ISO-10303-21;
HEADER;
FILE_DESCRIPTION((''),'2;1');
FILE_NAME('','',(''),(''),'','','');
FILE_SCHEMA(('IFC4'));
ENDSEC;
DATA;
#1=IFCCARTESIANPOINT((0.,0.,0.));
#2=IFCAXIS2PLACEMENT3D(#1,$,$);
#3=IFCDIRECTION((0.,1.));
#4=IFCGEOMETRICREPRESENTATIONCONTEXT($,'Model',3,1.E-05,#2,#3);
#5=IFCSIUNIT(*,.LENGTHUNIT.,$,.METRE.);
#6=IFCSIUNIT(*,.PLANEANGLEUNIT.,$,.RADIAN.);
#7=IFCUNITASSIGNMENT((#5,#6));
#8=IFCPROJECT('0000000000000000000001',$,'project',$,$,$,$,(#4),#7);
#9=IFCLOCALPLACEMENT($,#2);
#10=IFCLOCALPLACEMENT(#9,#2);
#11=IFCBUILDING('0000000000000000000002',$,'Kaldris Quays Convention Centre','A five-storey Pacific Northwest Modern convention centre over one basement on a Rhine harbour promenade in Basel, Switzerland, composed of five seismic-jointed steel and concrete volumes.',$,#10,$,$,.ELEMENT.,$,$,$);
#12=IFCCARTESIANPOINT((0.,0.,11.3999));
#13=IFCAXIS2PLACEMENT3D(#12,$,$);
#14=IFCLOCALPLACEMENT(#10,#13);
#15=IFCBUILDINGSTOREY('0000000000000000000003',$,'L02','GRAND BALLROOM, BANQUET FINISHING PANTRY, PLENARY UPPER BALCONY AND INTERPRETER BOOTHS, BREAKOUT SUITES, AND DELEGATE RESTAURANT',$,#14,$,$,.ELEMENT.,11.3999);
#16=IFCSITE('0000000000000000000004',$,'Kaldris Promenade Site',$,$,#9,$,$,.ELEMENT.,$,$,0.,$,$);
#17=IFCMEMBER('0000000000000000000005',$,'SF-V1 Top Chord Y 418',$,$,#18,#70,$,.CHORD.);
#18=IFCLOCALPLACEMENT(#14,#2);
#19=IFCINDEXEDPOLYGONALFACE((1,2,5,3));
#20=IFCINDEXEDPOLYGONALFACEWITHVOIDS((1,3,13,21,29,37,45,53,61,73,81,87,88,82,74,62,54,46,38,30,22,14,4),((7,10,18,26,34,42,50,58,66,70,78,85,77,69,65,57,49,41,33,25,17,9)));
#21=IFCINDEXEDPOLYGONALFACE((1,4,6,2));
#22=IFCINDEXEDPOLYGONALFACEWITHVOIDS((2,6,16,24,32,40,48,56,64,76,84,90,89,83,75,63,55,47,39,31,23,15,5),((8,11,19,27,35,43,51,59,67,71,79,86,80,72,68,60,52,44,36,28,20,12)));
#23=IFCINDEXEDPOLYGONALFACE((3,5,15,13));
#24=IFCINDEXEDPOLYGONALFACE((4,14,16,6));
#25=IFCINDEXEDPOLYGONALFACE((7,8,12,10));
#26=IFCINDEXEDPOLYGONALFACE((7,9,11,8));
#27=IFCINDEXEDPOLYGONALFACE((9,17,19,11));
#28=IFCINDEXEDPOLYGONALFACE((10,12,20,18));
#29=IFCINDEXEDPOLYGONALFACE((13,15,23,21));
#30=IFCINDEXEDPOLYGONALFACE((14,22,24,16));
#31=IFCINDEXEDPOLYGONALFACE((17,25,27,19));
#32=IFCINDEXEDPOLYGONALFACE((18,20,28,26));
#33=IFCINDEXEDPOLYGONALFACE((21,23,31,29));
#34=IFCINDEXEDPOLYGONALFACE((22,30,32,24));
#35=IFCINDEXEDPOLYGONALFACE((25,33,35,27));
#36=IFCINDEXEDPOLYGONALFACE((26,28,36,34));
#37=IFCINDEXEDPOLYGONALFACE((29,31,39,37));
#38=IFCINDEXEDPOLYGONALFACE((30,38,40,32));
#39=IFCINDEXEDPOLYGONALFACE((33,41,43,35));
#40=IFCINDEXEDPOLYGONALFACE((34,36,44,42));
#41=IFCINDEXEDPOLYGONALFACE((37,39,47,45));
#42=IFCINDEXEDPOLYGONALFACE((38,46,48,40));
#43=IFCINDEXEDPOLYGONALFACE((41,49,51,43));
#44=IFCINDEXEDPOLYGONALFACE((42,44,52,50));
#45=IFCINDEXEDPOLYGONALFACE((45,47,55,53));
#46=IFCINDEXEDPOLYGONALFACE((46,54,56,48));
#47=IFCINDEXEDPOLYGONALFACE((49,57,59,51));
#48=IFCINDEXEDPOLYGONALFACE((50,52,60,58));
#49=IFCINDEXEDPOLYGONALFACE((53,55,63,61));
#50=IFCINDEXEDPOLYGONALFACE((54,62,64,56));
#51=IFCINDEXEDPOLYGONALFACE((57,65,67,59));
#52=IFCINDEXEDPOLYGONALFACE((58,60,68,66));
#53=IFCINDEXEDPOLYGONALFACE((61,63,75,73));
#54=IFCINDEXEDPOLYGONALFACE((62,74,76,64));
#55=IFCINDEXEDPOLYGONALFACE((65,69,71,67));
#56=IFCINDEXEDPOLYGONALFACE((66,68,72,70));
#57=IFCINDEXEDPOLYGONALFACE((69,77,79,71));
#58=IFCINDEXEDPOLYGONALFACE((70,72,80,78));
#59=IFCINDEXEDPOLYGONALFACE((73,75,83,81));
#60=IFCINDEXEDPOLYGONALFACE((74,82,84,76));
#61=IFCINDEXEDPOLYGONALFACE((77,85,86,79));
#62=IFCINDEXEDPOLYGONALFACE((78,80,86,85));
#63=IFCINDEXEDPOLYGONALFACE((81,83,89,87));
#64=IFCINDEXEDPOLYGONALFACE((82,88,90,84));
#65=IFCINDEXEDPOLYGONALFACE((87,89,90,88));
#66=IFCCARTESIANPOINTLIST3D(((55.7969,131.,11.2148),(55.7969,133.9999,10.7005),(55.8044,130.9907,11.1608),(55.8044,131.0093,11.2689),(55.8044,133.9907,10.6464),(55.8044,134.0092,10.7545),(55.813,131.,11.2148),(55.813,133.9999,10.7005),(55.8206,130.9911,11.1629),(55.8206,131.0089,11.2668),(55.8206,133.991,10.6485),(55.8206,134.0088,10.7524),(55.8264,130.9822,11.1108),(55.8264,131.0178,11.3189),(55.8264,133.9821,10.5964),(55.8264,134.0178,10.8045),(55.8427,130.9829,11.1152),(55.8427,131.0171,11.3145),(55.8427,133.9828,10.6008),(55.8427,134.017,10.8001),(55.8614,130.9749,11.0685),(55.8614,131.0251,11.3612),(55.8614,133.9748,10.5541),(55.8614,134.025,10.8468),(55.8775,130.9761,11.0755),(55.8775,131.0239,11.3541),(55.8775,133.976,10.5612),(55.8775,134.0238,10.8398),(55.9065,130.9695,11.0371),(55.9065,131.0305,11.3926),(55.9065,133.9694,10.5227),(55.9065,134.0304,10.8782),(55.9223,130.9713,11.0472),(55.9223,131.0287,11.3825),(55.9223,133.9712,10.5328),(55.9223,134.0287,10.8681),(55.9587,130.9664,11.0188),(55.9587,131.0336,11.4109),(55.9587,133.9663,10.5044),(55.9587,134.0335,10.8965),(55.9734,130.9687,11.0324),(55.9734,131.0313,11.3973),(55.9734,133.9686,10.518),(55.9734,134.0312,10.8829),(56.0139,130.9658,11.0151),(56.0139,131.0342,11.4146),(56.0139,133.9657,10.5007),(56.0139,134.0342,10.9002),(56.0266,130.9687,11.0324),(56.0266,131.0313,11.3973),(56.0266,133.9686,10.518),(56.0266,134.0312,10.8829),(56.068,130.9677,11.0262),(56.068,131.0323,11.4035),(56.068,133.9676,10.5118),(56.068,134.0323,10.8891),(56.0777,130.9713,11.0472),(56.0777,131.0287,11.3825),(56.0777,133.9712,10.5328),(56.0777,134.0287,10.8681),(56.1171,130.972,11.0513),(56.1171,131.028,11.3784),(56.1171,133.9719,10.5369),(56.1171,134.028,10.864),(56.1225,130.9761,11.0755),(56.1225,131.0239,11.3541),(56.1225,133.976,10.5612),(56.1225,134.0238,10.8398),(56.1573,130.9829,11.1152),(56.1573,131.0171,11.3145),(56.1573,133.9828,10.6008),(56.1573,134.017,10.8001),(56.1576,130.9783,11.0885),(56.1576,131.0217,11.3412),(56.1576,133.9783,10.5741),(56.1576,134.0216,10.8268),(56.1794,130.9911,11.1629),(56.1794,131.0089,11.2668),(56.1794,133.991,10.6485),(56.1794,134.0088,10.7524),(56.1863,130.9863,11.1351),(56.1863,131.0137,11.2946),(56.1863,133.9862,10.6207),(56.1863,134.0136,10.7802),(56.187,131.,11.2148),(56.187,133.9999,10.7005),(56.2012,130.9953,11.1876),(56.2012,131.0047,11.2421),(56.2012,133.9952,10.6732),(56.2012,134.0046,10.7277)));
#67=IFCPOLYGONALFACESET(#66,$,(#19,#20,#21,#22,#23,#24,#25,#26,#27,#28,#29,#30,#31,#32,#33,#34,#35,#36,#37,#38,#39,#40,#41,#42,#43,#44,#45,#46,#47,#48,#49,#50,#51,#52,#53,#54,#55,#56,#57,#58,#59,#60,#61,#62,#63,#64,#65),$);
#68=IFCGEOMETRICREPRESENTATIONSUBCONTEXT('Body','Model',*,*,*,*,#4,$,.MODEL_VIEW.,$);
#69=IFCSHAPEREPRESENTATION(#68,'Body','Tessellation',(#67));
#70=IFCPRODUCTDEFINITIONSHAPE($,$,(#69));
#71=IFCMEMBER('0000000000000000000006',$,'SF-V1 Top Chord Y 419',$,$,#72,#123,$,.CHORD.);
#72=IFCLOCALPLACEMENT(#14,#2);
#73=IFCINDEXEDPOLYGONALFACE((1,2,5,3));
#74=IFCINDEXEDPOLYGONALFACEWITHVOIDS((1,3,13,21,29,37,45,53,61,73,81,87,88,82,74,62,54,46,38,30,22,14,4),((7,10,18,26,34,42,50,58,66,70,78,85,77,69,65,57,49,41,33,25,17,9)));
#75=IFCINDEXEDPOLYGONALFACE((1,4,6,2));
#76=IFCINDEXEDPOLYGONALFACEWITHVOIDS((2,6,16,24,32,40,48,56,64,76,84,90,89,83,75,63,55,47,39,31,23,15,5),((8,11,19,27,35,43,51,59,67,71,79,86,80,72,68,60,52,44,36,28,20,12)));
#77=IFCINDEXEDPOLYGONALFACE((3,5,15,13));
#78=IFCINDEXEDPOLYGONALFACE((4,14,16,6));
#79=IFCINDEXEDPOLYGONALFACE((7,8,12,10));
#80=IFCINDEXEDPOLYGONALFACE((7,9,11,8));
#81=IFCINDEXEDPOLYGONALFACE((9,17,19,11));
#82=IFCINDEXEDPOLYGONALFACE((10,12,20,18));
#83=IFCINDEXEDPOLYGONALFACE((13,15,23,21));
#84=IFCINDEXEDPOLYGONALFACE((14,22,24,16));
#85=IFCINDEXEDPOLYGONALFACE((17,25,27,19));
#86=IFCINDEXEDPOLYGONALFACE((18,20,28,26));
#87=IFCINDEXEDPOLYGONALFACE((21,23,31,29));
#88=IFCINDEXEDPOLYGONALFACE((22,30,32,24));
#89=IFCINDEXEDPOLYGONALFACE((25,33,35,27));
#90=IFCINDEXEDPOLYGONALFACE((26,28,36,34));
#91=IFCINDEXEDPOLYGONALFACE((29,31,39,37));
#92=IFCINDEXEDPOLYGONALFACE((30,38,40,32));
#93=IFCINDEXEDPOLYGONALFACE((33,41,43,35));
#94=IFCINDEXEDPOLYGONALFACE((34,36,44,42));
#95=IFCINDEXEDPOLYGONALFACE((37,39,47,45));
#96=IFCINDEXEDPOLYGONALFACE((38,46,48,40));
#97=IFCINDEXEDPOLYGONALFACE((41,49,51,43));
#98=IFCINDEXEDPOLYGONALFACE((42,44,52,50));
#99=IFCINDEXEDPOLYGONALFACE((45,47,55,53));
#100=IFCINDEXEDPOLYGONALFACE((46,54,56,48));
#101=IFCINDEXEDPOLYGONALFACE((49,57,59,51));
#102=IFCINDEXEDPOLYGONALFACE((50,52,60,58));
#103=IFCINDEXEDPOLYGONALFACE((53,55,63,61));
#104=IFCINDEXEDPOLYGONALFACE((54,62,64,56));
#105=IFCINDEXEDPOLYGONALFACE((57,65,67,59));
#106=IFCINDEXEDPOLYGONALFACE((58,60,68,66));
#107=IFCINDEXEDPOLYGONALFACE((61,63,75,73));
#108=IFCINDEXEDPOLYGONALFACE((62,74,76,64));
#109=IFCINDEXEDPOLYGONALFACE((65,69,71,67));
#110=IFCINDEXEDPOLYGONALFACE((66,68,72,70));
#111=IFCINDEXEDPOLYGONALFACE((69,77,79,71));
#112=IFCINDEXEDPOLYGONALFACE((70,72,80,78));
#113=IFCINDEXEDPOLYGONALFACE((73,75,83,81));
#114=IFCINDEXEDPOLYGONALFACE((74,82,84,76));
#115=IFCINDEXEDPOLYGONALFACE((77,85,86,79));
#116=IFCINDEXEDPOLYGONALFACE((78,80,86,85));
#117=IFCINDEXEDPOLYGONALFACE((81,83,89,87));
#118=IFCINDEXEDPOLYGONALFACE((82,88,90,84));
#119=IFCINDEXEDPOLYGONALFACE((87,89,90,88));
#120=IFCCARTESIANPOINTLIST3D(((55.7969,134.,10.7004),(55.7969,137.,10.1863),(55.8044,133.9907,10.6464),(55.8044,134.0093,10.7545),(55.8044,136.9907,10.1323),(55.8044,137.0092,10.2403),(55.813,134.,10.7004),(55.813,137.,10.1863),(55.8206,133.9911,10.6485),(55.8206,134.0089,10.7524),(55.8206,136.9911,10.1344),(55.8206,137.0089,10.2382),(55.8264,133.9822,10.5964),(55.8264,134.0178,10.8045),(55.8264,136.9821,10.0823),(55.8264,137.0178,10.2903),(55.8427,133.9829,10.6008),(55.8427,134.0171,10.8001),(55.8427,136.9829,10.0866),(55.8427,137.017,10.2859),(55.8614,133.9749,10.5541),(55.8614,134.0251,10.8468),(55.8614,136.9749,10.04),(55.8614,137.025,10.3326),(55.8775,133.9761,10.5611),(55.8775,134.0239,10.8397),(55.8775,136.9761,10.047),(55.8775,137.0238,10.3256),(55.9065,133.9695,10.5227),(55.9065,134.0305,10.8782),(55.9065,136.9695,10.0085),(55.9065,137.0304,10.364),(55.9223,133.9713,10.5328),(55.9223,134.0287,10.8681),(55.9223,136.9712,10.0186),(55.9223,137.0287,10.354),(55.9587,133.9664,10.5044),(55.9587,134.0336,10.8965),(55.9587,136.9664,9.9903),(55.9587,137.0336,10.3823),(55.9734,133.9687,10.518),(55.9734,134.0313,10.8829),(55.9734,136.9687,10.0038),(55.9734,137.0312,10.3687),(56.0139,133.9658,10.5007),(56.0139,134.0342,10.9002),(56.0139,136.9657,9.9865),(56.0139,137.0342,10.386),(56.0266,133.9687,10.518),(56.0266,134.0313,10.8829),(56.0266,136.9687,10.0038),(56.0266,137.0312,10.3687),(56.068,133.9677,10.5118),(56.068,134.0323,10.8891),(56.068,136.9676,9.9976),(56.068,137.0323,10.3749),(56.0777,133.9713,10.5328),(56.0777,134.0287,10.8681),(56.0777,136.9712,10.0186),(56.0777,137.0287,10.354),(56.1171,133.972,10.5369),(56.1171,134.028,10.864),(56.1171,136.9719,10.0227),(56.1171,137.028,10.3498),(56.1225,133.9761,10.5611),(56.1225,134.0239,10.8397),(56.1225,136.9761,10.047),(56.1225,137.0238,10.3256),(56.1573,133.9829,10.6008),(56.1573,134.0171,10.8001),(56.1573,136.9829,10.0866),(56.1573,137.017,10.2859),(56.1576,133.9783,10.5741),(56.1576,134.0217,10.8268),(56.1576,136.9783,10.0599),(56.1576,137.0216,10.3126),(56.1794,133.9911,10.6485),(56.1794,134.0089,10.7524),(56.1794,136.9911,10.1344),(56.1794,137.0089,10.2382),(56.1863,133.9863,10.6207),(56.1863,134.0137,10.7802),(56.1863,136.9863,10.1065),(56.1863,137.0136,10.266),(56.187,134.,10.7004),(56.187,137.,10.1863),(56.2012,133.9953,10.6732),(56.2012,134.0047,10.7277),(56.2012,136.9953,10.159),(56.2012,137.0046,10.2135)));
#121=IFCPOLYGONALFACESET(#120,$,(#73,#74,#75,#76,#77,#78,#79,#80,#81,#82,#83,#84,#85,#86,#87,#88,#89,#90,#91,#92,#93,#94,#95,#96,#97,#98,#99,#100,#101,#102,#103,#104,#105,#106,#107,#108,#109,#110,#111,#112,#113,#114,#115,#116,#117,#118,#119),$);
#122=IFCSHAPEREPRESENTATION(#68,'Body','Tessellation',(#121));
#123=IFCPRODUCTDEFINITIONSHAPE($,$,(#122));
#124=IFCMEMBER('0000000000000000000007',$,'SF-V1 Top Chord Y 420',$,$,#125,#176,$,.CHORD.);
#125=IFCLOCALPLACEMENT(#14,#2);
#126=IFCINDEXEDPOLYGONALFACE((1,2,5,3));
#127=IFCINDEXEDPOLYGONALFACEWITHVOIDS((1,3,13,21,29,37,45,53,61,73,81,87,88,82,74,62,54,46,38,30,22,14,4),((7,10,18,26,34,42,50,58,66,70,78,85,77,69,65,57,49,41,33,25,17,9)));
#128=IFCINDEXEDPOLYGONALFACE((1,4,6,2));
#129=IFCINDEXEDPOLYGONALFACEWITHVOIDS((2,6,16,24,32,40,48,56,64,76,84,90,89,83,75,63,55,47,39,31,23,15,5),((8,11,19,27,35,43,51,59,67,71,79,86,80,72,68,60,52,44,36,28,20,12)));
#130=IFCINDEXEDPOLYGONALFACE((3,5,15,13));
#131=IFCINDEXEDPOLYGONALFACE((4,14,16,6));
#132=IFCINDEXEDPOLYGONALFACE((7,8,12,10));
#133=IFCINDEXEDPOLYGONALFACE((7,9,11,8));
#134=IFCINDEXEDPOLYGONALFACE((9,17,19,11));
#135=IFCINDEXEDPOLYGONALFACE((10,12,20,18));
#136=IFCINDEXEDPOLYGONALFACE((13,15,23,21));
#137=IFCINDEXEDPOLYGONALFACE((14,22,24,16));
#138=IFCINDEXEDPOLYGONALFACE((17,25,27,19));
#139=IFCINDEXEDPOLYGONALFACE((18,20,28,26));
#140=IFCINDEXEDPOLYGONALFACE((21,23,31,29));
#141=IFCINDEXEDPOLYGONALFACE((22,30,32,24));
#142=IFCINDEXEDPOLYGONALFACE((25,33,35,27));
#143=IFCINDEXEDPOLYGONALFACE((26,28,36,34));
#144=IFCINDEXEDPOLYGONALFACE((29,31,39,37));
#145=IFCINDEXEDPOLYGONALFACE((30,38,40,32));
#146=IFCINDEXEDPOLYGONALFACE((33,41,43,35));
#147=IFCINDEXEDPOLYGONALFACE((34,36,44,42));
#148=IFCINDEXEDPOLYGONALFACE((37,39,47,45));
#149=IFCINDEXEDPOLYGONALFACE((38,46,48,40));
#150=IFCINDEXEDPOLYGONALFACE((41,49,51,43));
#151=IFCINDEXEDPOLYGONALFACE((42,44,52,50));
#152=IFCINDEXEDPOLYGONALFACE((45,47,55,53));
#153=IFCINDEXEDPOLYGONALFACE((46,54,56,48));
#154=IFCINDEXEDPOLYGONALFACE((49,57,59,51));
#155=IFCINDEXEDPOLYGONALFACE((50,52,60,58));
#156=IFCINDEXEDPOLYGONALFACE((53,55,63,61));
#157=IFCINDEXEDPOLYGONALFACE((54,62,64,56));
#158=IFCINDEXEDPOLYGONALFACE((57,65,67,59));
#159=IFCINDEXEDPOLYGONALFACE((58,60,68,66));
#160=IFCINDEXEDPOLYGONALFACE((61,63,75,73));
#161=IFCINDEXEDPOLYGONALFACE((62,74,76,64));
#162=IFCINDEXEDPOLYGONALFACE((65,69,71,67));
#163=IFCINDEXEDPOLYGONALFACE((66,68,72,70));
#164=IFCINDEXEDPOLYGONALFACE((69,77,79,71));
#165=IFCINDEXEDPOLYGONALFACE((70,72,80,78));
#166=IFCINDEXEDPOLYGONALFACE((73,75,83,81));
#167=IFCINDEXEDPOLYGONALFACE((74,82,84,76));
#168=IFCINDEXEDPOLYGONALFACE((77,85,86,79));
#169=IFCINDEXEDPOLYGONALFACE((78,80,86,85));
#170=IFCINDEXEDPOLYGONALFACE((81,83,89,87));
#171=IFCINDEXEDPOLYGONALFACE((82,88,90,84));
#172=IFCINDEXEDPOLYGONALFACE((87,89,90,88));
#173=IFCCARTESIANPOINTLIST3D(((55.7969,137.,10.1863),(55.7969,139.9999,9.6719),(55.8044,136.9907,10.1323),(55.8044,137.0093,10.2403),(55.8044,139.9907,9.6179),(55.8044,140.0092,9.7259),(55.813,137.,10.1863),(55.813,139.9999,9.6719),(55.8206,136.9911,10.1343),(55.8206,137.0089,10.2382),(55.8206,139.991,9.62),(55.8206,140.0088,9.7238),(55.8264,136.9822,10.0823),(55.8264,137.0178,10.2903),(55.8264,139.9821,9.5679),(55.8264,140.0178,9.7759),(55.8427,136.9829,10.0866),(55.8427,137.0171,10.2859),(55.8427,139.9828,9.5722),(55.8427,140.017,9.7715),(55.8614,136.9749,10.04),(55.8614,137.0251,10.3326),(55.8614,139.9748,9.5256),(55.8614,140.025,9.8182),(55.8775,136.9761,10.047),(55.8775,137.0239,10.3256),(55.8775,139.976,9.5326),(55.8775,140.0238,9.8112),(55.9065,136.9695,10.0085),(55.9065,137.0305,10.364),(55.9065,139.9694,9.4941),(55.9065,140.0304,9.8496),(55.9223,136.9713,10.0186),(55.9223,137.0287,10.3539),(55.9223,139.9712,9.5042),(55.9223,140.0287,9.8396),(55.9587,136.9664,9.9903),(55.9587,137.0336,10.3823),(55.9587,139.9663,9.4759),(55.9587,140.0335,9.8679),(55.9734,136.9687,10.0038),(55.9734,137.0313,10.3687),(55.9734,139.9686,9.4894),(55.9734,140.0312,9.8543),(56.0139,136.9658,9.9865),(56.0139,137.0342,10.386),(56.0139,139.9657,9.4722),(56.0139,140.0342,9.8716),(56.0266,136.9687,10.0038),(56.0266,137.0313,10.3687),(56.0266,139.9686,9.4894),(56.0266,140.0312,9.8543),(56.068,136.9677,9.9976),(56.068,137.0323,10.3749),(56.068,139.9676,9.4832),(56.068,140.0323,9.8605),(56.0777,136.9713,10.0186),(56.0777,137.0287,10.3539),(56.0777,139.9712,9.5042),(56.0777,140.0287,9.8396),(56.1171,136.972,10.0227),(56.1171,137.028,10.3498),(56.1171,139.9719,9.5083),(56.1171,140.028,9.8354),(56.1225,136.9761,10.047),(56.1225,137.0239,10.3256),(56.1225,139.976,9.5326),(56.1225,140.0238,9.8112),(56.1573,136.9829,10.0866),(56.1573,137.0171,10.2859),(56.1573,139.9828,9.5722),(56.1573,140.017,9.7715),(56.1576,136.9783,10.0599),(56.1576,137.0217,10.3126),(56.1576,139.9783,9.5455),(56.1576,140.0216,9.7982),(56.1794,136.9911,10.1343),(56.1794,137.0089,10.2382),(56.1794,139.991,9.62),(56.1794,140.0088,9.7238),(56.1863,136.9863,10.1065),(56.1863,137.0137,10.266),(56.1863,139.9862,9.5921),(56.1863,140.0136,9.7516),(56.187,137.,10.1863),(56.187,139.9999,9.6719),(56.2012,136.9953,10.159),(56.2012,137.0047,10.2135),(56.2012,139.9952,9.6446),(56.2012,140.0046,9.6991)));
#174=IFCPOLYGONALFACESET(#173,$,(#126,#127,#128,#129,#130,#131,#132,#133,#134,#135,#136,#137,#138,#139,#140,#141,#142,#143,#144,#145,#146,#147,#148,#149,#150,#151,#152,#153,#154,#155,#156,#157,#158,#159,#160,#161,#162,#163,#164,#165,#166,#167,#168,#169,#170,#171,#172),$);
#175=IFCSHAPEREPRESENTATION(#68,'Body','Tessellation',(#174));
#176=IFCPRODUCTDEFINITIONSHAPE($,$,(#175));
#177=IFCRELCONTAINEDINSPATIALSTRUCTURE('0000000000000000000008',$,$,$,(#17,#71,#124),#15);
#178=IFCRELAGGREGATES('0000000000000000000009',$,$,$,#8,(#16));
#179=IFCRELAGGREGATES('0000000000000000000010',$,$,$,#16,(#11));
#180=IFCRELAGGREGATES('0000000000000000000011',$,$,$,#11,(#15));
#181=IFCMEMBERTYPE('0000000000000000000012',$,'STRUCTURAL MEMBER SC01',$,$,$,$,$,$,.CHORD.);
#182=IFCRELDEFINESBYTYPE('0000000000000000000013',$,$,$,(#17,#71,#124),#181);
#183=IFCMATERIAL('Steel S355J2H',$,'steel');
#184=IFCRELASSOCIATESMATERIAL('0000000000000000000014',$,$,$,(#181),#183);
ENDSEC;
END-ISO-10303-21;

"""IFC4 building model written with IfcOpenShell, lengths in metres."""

from ifc_helpers import new_model, si_unit, direction, frame, origin, origin_2d, place, context, subcontext, project, spatial, hollow_circle, extrude, material, material_profile, profile_set, type_object, element, save


model = new_model("IFC4")

# Units and contexts
model_context = context("Model", 3, precision=1e-05, world=origin(), true_north=direction((0.0, 1.0)))
body_context = subcontext(model_context, "Body", "Model", "MODEL_VIEW")
ifc_project = project(units=[si_unit("LENGTHUNIT", "METRE"), si_unit("PLANEANGLEUNIT", "RADIAN")], contexts=[model_context])

# Site, building, storey
site_placement = place(None, origin())
site = spatial("IfcSite", under=ifc_project, at=site_placement, Name="Kaldris Promenade Site", CompositionType="ELEMENT", RefElevation=0.0)
building_placement = place(site_placement, origin())
building = spatial("IfcBuilding", under=site, at=building_placement, Name="Kaldris Quays Convention Centre", Description="A five-storey Pacific Northwest Modern convention centre over one basement on a Rhine harbour promenade in Basel, Switzerland, composed of five seismic-jointed steel and concrete volumes.", CompositionType="ELEMENT")
storey_placement = place(building_placement, frame((0.0, 0.0, 11.3999)))
storey = spatial("IfcBuildingStorey", under=building, at=storey_placement, Name="L02", Description="GRAND BALLROOM, BANQUET FINISHING PANTRY, PLENARY UPPER BALCONY AND INTERPRETER BOOTHS, BREAKOUT SUITES, AND DELEGATE RESTAURANT", CompositionType="ELEMENT", Elevation=11.3999)

# Members
ifc_material_1 = material(Name="Steel S355J2H", Category="steel")
ifc_material_profile_1 = material_profile(ifc_material_1, hollow_circle(Radius=0.2031, WallThickness=0.0161, at=origin_2d()), Name="CHS 406.4x16")
ifc_profile_set_1 = profile_set([ifc_material_profile_1], Name="Steel S355J2H")
member_type_1 = type_object("IfcMemberType", Name="STRUCTURAL MEMBER SC01", PredefinedType="CHORD", material=ifc_profile_set_1)
for number, where, z_axis, x_axis, name in (
    (1, (56.0, 131.0, 11.2148), (0.0, 0.985616, -0.169002), (-1.0, 0.0, 0.0), "SF-V1 Top Chord Y 418"),
    (2, (56.0, 134.0, 10.7004), (0.0, 0.985629, -0.168924), (-1.0, 0.0, 0.0), "SF-V1 Top Chord Y 419"),
    (3, (56.0, 137.0, 10.1863), (0.0, 0.985616, -0.169002), (-1.0, 0.0, 0.0), "SF-V1 Top Chord Y 420"),
):
    element("IfcMember", number, at=place(storey_placement, frame(where, z_axis=z_axis, x_axis=x_axis)), inside=storey, type_object=member_type_1, Name=name, PredefinedType="CHORD", context=body_context, shape_type="SweptSolid", body=[
        extrude(hollow_circle(Radius=0.2031, WallThickness=0.0161, at=origin_2d()), origin(), (0.0, 0.0, 1.0), 3.0437),
    ])

save(model, "model.ifc")
